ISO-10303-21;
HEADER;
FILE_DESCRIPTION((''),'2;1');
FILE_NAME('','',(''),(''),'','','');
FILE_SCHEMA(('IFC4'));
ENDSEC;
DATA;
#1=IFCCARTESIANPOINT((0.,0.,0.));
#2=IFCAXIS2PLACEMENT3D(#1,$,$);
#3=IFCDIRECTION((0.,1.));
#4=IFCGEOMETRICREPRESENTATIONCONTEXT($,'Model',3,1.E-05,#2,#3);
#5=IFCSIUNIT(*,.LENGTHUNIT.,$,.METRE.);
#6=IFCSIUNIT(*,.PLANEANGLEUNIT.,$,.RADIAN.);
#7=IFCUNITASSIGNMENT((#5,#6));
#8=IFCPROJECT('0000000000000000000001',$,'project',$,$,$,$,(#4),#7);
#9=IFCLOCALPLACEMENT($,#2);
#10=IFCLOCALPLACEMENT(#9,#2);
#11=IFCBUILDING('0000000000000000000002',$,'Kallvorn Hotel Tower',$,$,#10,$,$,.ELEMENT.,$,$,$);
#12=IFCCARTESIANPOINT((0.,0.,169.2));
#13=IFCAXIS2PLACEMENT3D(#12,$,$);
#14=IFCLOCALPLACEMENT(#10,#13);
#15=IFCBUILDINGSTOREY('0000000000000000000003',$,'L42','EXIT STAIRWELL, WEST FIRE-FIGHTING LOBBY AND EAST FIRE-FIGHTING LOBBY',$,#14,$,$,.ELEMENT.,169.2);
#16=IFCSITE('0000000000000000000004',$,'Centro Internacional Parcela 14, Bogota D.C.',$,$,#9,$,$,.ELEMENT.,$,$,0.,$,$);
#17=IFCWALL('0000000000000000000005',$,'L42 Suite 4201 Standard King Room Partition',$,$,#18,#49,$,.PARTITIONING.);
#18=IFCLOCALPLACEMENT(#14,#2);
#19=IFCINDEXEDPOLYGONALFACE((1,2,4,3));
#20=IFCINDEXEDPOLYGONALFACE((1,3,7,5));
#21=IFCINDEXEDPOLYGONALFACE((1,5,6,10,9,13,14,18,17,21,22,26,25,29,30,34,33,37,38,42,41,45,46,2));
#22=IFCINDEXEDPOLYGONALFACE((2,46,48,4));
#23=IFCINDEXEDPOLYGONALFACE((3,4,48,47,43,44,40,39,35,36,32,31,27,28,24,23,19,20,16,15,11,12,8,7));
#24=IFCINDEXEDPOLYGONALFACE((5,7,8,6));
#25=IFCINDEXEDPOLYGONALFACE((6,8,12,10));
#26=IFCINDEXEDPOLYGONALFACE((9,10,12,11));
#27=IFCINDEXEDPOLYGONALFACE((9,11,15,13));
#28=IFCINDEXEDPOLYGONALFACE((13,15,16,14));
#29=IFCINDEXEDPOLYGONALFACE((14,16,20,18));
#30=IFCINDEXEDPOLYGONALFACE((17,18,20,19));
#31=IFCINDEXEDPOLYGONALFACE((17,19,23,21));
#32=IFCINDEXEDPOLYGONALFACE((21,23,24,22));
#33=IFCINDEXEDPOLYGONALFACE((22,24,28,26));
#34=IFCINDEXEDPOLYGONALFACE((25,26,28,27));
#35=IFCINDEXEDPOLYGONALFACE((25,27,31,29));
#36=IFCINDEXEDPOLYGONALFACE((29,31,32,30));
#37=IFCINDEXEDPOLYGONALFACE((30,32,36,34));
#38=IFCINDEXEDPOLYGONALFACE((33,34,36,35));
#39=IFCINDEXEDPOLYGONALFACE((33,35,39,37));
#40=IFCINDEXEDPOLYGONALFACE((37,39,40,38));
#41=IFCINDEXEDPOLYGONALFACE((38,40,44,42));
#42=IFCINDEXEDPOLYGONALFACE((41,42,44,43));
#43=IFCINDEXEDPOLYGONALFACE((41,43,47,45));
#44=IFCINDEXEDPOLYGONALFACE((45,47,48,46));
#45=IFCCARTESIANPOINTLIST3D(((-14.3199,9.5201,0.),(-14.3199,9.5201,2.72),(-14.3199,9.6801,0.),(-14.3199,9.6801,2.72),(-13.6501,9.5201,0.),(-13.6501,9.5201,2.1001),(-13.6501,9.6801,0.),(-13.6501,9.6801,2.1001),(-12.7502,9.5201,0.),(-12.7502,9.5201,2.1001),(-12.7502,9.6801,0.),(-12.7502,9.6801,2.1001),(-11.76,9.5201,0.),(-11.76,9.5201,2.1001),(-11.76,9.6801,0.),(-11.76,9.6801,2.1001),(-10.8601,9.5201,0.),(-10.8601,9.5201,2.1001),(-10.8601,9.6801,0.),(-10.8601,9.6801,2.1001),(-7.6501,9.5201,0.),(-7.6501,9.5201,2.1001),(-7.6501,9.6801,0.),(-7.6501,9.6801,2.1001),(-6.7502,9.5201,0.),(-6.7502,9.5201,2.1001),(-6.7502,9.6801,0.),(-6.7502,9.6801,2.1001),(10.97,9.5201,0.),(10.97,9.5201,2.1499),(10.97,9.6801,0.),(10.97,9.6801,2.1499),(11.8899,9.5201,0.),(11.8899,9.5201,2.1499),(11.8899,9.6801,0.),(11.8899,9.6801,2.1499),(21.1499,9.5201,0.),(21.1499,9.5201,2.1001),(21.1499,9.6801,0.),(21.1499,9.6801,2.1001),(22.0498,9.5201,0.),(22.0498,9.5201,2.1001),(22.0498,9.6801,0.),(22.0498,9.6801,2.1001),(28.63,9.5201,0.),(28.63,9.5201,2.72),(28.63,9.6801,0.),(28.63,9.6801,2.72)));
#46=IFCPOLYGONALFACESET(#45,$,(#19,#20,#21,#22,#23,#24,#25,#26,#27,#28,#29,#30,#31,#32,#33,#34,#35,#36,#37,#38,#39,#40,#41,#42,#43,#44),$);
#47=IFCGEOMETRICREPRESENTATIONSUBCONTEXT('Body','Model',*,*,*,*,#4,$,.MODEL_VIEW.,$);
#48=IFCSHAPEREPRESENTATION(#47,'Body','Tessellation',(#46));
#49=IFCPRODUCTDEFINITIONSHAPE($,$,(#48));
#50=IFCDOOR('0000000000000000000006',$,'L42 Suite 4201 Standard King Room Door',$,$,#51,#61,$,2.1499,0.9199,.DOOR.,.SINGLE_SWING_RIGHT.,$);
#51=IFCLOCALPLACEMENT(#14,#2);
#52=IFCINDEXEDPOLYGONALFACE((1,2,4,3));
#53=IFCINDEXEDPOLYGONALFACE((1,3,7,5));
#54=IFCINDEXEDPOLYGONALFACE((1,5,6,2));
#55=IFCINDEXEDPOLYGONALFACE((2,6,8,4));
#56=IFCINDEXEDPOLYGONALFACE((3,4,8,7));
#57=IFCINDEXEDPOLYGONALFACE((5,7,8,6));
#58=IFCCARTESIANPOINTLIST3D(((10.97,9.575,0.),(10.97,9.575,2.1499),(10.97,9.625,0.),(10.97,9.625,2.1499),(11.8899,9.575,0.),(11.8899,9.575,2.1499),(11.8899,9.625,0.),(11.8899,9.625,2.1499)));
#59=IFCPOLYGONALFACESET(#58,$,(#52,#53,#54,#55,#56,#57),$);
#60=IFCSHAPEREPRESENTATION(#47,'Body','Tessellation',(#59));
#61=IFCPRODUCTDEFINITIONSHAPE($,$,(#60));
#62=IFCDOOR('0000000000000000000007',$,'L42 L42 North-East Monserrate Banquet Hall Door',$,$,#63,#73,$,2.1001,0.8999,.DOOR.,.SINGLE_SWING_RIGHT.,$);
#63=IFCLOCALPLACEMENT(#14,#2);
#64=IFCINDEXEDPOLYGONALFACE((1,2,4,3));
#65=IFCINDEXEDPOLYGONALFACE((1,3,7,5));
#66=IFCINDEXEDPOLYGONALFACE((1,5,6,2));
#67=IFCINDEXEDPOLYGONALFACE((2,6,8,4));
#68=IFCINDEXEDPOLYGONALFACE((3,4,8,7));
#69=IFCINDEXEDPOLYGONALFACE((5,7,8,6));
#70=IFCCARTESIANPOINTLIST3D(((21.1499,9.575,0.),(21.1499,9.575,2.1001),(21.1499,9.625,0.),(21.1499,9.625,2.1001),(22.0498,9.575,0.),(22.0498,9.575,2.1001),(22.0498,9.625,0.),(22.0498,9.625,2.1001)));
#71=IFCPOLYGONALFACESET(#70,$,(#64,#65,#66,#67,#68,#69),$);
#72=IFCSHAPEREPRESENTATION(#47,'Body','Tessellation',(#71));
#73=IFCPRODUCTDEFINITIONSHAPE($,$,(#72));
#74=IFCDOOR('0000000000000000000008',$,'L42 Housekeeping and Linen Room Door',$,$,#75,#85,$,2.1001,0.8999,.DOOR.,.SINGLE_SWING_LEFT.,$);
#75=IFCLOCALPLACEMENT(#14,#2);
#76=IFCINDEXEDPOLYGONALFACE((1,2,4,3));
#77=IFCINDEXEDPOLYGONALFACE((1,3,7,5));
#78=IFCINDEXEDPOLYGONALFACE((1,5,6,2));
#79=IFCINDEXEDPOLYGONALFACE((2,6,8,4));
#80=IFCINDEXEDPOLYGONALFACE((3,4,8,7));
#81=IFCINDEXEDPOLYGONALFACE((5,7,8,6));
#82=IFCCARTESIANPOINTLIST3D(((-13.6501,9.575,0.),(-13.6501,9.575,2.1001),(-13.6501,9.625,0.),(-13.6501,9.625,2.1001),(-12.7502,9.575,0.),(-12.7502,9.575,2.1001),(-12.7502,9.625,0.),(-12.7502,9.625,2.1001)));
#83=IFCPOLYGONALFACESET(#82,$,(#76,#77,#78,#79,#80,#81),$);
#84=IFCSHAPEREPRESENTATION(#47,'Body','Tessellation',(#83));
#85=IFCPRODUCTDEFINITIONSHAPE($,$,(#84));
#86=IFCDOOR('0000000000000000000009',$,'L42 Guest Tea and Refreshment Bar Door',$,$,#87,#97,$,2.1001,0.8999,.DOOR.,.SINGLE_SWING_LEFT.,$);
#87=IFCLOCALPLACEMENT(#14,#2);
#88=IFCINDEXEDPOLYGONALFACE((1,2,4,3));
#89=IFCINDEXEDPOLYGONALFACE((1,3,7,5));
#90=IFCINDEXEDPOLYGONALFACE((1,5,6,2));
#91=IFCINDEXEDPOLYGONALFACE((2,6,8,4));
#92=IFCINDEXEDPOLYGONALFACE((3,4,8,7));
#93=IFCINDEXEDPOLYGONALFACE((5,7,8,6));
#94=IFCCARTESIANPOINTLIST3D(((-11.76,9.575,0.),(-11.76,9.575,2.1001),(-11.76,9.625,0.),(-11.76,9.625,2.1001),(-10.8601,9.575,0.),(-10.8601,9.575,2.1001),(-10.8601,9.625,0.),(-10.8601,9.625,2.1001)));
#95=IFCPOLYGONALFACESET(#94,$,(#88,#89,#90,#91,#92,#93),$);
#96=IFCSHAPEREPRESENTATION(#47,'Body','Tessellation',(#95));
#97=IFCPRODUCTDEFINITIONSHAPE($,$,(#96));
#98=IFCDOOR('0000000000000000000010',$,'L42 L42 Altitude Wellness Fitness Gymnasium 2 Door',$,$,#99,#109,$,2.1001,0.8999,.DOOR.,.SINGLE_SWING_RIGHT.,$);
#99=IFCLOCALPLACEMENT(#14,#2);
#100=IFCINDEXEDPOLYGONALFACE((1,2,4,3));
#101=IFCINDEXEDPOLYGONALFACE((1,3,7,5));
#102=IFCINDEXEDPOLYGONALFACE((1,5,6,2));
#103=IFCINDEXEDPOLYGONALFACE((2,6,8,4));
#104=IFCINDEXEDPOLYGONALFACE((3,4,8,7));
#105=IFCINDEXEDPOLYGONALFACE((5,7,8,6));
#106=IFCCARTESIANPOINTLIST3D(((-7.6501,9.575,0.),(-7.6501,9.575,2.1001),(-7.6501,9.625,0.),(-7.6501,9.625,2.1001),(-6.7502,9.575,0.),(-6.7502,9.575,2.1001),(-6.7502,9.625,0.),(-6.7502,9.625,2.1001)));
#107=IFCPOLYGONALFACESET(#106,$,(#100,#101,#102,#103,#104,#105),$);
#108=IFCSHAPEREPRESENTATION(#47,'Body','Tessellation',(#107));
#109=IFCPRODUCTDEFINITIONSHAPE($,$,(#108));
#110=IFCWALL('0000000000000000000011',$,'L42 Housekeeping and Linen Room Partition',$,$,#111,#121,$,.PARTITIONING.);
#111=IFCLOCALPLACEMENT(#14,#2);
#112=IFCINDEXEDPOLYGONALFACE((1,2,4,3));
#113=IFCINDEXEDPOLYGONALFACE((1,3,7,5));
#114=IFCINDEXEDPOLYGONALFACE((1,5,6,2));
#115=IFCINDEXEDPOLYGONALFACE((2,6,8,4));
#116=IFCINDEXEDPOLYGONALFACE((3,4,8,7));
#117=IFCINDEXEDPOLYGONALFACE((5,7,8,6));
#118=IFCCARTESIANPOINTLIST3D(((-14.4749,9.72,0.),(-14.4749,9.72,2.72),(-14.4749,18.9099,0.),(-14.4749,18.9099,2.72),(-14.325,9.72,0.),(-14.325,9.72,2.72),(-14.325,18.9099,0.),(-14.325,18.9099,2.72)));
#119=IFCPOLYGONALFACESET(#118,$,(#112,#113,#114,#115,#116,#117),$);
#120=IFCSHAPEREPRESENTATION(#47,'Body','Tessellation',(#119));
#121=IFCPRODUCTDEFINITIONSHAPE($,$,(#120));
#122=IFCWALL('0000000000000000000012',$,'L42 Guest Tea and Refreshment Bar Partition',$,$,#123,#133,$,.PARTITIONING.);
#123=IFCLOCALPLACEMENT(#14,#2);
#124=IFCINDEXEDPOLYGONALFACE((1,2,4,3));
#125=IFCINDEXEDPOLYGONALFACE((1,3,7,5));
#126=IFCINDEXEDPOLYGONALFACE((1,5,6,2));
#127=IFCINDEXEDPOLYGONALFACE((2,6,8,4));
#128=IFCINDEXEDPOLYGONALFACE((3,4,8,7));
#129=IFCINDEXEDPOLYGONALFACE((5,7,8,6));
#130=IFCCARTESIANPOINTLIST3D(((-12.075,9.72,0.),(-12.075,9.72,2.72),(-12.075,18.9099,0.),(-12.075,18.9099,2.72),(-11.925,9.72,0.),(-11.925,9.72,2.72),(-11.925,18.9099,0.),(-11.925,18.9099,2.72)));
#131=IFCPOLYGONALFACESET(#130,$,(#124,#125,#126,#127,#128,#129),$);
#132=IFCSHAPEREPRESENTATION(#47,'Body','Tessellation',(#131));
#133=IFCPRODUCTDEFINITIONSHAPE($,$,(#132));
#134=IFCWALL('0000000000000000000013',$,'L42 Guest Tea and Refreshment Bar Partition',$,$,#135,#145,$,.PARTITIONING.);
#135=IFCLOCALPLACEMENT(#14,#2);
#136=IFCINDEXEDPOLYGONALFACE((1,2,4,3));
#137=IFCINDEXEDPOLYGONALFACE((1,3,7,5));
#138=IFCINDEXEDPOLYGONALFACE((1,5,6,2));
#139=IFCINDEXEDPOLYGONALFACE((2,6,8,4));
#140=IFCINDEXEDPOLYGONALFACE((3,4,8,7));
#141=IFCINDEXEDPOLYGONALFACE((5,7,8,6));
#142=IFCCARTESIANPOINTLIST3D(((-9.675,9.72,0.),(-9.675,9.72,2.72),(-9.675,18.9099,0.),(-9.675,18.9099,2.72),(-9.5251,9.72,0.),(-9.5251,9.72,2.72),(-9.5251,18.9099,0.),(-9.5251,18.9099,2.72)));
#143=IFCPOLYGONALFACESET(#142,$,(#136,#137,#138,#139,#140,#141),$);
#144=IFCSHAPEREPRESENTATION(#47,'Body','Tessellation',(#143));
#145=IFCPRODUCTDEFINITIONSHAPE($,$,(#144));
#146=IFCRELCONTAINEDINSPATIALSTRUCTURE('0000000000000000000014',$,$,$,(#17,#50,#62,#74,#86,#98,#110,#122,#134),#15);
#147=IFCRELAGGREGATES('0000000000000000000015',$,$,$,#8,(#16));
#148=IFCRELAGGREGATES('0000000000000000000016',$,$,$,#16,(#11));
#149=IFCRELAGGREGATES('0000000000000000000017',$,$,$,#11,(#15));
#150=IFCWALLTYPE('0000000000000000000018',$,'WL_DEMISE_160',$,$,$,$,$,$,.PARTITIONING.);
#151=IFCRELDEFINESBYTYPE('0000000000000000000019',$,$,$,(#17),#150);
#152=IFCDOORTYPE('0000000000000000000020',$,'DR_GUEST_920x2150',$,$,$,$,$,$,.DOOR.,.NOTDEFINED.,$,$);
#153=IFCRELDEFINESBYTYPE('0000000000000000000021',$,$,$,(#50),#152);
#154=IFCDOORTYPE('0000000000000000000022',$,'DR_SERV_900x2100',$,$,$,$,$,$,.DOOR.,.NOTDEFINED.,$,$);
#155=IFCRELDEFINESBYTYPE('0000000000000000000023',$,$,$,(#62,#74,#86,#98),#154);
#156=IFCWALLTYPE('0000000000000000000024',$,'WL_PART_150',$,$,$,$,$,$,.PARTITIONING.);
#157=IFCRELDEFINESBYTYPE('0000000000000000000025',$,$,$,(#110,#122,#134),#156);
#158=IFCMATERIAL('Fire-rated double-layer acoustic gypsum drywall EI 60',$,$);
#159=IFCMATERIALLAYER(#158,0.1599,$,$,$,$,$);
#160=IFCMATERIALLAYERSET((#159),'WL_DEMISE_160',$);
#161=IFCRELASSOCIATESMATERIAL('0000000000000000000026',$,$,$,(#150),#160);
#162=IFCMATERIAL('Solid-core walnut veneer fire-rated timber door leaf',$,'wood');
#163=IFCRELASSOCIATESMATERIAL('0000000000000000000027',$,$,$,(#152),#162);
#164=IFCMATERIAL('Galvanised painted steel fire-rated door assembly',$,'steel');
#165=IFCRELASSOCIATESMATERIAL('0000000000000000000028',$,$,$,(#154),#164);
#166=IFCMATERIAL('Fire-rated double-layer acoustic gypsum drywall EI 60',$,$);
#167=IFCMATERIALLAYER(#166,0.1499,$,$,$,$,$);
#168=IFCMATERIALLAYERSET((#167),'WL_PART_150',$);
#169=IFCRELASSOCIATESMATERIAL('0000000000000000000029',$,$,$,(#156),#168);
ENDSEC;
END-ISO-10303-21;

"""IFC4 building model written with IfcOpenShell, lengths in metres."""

from ifc_helpers import new_model, si_unit, direction, frame, frame_2d, origin, place, context, subcontext, project, spatial, rectangle, extrude, material, layer, layer_set, type_object, element, fill, save


model = new_model("IFC4")

# Units and contexts
model_context = context("Model", 3, precision=1e-05, world=origin(), true_north=direction((0.0, 1.0)))
body_context = subcontext(model_context, "Body", "Model", "MODEL_VIEW")
ifc_project = project(units=[si_unit("LENGTHUNIT", "METRE"), si_unit("PLANEANGLEUNIT", "RADIAN")], contexts=[model_context])

# Site, building, storey
site_placement = place(None, origin())
site = spatial("IfcSite", under=ifc_project, at=site_placement, Name="Centro Internacional Parcela 14, Bogota D.C.", CompositionType="ELEMENT", RefElevation=0.0)
building_placement = place(site_placement, origin())
building = spatial("IfcBuilding", under=site, at=building_placement, Name="Kallvorn Hotel Tower", CompositionType="ELEMENT")
storey_placement = place(building_placement, frame((0.0, 0.0, 169.2)))
storey = spatial("IfcBuildingStorey", under=building, at=storey_placement, Name="L42", Description="EXIT STAIRWELL, WEST FIRE-FIGHTING LOBBY AND EAST FIRE-FIGHTING LOBBY", CompositionType="ELEMENT", Elevation=169.2)

# Wall, openings, doors
ifc_material_1 = material(Name="Fire-rated double-layer acoustic gypsum drywall EI 60")
ifc_layer_1 = layer(ifc_material_1, 0.1599)
ifc_layer_set_1 = layer_set([ifc_layer_1], Name="WL_DEMISE_160")
wall_type_1 = type_object("IfcWallType", Name="WL_DEMISE_160", PredefinedType="PARTITIONING", material=ifc_layer_set_1)
wall_placement = place(storey_placement, frame((-14.3201, 9.6001, 0.0), z_axis=(0.0, 0.0, 1.0), x_axis=(1.0, 0.0, 0.0)))
wall = element("IfcWall", 1, at=wall_placement, inside=storey, type_object=wall_type_1, Name="L42 Suite 4201 Standard King Room Partition", PredefinedType="PARTITIONING", context=body_context, shape_type="SweptSolid", body=[
    extrude(rectangle(XDim=42.95, YDim=0.1599, at=frame_2d((21.4751, 0.0))), origin(), (0.0, 0.0, 1.0), 2.72),
])
opening_1_placement = place(wall_placement, frame((35.47, 0.0, 0.0)))
opening_1 = element("IfcOpeningElement", 2, at=opening_1_placement, cuts=wall, PredefinedType="OPENING", context=body_context, shape_type="SweptSolid", body=[
    extrude(rectangle(XDim=0.8999, YDim=2.1001, at=frame_2d((0.45, 1.05))), frame((0.0, 0.095, 0.0), z_axis=(0.0, -1.0, 0.0), x_axis=(1.0, 0.0, 0.0)), (0.0, 0.0, 1.0), 0.1899),
])
opening_2_placement = place(wall_placement, frame((0.6699, 0.0, 0.0)))
opening_2 = element("IfcOpeningElement", 3, at=opening_2_placement, cuts=wall, PredefinedType="OPENING", context=body_context, shape_type="SweptSolid", body=[
    extrude(rectangle(XDim=0.8999, YDim=2.1001, at=frame_2d((0.45, 1.05))), frame((0.0, 0.095, 0.0), z_axis=(0.0, -1.0, 0.0), x_axis=(1.0, 0.0, 0.0)), (0.0, 0.0, 1.0), 0.1899),
])
opening_3_placement = place(wall_placement, frame((2.5601, 0.0, 0.0)))
opening_3 = element("IfcOpeningElement", 4, at=opening_3_placement, cuts=wall, PredefinedType="OPENING", context=body_context, shape_type="SweptSolid", body=[
    extrude(rectangle(XDim=0.8999, YDim=2.1001, at=frame_2d((0.45, 1.05))), frame((0.0, 0.095, 0.0), z_axis=(0.0, -1.0, 0.0), x_axis=(1.0, 0.0, 0.0)), (0.0, 0.0, 1.0), 0.1899),
])
opening_4_placement = place(wall_placement, frame((6.6699, 0.0, 0.0)))
opening_4 = element("IfcOpeningElement", 5, at=opening_4_placement, cuts=wall, PredefinedType="OPENING", context=body_context, shape_type="SweptSolid", body=[
    extrude(rectangle(XDim=0.8999, YDim=2.1001, at=frame_2d((0.45, 1.05))), frame((0.0, 0.095, 0.0), z_axis=(0.0, -1.0, 0.0), x_axis=(1.0, 0.0, 0.0)), (0.0, 0.0, 1.0), 0.1899),
])
opening_5_placement = place(wall_placement, frame((25.29, 0.0, 0.0)))
opening_5 = element("IfcOpeningElement", 6, at=opening_5_placement, cuts=wall, PredefinedType="OPENING", context=body_context, shape_type="SweptSolid", body=[
    extrude(rectangle(XDim=0.9199, YDim=2.1499, at=frame_2d((0.46, 1.075))), frame((0.0, 0.095, 0.0), z_axis=(0.0, -1.0, 0.0), x_axis=(1.0, 0.0, 0.0)), (0.0, 0.0, 1.0), 0.1899),
])
ifc_material_2 = material(Name="Solid-core walnut veneer fire-rated timber door leaf", Category="wood")
door_type_1 = type_object("IfcDoorType", Name="DR_GUEST_920x2150", OperationType="NOTDEFINED", PredefinedType="DOOR", material=ifc_material_2)
door_1_placement = place(opening_5_placement, origin())
door_1 = element("IfcDoor", 7, at=door_1_placement, inside=storey, type_object=door_type_1, Name="L42 Suite 4201 Standard King Room Door", OperationType="SINGLE_SWING_RIGHT", OverallHeight=2.1499, OverallWidth=0.9199, PredefinedType="DOOR", context=body_context, shape_type="SweptSolid", body=[
    extrude(rectangle(XDim=0.9199, YDim=2.1499, at=frame_2d((0.46, 1.075))), frame((0.0, 0.0249, 0.0), z_axis=(0.0, -1.0, 0.0), x_axis=(1.0, 0.0, 0.0)), (0.0, 0.0, 1.0), 0.05),
])
fill(opening_5, door_1)
ifc_material_3 = material(Name="Galvanised painted steel fire-rated door assembly", Category="steel")
door_type_2 = type_object("IfcDoorType", Name="DR_SERV_900x2100", OperationType="NOTDEFINED", PredefinedType="DOOR", material=ifc_material_3)
door_2_placement = place(opening_1_placement, origin())
door_2 = element("IfcDoor", 8, at=door_2_placement, inside=storey, type_object=door_type_2, Name="L42 L42 North-East Monserrate Banquet Hall Door", OperationType="SINGLE_SWING_RIGHT", OverallHeight=2.1001, OverallWidth=0.8999, PredefinedType="DOOR", context=body_context, shape_type="SweptSolid", body=[
    extrude(rectangle(XDim=0.8999, YDim=2.1001, at=frame_2d((0.45, 1.05))), frame((0.0, 0.0249, 0.0), z_axis=(0.0, -1.0, 0.0), x_axis=(1.0, 0.0, 0.0)), (0.0, 0.0, 1.0), 0.05),
])
fill(opening_1, door_2)
door_3_placement = place(opening_2_placement, origin())
door_3 = element("IfcDoor", 9, at=door_3_placement, inside=storey, type_object=door_type_2, Name="L42 Housekeeping and Linen Room Door", OperationType="SINGLE_SWING_LEFT", OverallHeight=2.1001, OverallWidth=0.8999, PredefinedType="DOOR", context=body_context, shape_type="SweptSolid", body=[
    extrude(rectangle(XDim=0.8999, YDim=2.1001, at=frame_2d((0.45, 1.05))), frame((0.0, 0.0249, 0.0), z_axis=(0.0, -1.0, 0.0), x_axis=(1.0, 0.0, 0.0)), (0.0, 0.0, 1.0), 0.05),
])
fill(opening_2, door_3)
door_4_placement = place(opening_3_placement, origin())
door_4 = element("IfcDoor", 10, at=door_4_placement, inside=storey, type_object=door_type_2, Name="L42 Guest Tea and Refreshment Bar Door", OperationType="SINGLE_SWING_LEFT", OverallHeight=2.1001, OverallWidth=0.8999, PredefinedType="DOOR", context=body_context, shape_type="SweptSolid", body=[
    extrude(rectangle(XDim=0.8999, YDim=2.1001, at=frame_2d((0.45, 1.05))), frame((0.0, 0.0249, 0.0), z_axis=(0.0, -1.0, 0.0), x_axis=(1.0, 0.0, 0.0)), (0.0, 0.0, 1.0), 0.05),
])
fill(opening_3, door_4)
door_5_placement = place(opening_4_placement, origin())
door_5 = element("IfcDoor", 11, at=door_5_placement, inside=storey, type_object=door_type_2, Name="L42 L42 Altitude Wellness Fitness Gymnasium 2 Door", OperationType="SINGLE_SWING_RIGHT", OverallHeight=2.1001, OverallWidth=0.8999, PredefinedType="DOOR", context=body_context, shape_type="SweptSolid", body=[
    extrude(rectangle(XDim=0.8999, YDim=2.1001, at=frame_2d((0.45, 1.05))), frame((0.0, 0.0249, 0.0), z_axis=(0.0, -1.0, 0.0), x_axis=(1.0, 0.0, 0.0)), (0.0, 0.0, 1.0), 0.05),
])
fill(opening_4, door_5)

# Walls
ifc_material_4 = material(Name="Fire-rated double-layer acoustic gypsum drywall EI 60")
ifc_layer_2 = layer(ifc_material_4, 0.1499)
ifc_layer_set_2 = layer_set([ifc_layer_2], Name="WL_PART_150")
wall_type_2 = type_object("IfcWallType", Name="WL_PART_150", PredefinedType="PARTITIONING", material=ifc_layer_set_2)
for number, where, z_axis, x_axis, name in (
    (12, (-14.3999, 9.72, 0.0), (0.0, 0.0, 1.0), (0.0, 1.0, 0.0), "L42 Housekeeping and Linen Room Partition"),
    (13, (-12.0, 9.72, 0.0), (0.0, 0.0, 1.0), (0.0, 1.0, 0.0), "L42 Guest Tea and Refreshment Bar Partition"),
    (14, (-9.6001, 9.72, 0.0), (0.0, 0.0, 1.0), (0.0, 1.0, 0.0), "L42 Guest Tea and Refreshment Bar Partition"),
):
    element("IfcWall", number, at=place(storey_placement, frame(where, z_axis=z_axis, x_axis=x_axis)), inside=storey, type_object=wall_type_2, Name=name, PredefinedType="PARTITIONING", context=body_context, shape_type="SweptSolid", body=[
        extrude(rectangle(XDim=9.1899, YDim=0.1499, at=frame_2d((4.595, 0.0))), origin(), (0.0, 0.0, 1.0), 2.72),
    ])

save(model, "model.ifc")
